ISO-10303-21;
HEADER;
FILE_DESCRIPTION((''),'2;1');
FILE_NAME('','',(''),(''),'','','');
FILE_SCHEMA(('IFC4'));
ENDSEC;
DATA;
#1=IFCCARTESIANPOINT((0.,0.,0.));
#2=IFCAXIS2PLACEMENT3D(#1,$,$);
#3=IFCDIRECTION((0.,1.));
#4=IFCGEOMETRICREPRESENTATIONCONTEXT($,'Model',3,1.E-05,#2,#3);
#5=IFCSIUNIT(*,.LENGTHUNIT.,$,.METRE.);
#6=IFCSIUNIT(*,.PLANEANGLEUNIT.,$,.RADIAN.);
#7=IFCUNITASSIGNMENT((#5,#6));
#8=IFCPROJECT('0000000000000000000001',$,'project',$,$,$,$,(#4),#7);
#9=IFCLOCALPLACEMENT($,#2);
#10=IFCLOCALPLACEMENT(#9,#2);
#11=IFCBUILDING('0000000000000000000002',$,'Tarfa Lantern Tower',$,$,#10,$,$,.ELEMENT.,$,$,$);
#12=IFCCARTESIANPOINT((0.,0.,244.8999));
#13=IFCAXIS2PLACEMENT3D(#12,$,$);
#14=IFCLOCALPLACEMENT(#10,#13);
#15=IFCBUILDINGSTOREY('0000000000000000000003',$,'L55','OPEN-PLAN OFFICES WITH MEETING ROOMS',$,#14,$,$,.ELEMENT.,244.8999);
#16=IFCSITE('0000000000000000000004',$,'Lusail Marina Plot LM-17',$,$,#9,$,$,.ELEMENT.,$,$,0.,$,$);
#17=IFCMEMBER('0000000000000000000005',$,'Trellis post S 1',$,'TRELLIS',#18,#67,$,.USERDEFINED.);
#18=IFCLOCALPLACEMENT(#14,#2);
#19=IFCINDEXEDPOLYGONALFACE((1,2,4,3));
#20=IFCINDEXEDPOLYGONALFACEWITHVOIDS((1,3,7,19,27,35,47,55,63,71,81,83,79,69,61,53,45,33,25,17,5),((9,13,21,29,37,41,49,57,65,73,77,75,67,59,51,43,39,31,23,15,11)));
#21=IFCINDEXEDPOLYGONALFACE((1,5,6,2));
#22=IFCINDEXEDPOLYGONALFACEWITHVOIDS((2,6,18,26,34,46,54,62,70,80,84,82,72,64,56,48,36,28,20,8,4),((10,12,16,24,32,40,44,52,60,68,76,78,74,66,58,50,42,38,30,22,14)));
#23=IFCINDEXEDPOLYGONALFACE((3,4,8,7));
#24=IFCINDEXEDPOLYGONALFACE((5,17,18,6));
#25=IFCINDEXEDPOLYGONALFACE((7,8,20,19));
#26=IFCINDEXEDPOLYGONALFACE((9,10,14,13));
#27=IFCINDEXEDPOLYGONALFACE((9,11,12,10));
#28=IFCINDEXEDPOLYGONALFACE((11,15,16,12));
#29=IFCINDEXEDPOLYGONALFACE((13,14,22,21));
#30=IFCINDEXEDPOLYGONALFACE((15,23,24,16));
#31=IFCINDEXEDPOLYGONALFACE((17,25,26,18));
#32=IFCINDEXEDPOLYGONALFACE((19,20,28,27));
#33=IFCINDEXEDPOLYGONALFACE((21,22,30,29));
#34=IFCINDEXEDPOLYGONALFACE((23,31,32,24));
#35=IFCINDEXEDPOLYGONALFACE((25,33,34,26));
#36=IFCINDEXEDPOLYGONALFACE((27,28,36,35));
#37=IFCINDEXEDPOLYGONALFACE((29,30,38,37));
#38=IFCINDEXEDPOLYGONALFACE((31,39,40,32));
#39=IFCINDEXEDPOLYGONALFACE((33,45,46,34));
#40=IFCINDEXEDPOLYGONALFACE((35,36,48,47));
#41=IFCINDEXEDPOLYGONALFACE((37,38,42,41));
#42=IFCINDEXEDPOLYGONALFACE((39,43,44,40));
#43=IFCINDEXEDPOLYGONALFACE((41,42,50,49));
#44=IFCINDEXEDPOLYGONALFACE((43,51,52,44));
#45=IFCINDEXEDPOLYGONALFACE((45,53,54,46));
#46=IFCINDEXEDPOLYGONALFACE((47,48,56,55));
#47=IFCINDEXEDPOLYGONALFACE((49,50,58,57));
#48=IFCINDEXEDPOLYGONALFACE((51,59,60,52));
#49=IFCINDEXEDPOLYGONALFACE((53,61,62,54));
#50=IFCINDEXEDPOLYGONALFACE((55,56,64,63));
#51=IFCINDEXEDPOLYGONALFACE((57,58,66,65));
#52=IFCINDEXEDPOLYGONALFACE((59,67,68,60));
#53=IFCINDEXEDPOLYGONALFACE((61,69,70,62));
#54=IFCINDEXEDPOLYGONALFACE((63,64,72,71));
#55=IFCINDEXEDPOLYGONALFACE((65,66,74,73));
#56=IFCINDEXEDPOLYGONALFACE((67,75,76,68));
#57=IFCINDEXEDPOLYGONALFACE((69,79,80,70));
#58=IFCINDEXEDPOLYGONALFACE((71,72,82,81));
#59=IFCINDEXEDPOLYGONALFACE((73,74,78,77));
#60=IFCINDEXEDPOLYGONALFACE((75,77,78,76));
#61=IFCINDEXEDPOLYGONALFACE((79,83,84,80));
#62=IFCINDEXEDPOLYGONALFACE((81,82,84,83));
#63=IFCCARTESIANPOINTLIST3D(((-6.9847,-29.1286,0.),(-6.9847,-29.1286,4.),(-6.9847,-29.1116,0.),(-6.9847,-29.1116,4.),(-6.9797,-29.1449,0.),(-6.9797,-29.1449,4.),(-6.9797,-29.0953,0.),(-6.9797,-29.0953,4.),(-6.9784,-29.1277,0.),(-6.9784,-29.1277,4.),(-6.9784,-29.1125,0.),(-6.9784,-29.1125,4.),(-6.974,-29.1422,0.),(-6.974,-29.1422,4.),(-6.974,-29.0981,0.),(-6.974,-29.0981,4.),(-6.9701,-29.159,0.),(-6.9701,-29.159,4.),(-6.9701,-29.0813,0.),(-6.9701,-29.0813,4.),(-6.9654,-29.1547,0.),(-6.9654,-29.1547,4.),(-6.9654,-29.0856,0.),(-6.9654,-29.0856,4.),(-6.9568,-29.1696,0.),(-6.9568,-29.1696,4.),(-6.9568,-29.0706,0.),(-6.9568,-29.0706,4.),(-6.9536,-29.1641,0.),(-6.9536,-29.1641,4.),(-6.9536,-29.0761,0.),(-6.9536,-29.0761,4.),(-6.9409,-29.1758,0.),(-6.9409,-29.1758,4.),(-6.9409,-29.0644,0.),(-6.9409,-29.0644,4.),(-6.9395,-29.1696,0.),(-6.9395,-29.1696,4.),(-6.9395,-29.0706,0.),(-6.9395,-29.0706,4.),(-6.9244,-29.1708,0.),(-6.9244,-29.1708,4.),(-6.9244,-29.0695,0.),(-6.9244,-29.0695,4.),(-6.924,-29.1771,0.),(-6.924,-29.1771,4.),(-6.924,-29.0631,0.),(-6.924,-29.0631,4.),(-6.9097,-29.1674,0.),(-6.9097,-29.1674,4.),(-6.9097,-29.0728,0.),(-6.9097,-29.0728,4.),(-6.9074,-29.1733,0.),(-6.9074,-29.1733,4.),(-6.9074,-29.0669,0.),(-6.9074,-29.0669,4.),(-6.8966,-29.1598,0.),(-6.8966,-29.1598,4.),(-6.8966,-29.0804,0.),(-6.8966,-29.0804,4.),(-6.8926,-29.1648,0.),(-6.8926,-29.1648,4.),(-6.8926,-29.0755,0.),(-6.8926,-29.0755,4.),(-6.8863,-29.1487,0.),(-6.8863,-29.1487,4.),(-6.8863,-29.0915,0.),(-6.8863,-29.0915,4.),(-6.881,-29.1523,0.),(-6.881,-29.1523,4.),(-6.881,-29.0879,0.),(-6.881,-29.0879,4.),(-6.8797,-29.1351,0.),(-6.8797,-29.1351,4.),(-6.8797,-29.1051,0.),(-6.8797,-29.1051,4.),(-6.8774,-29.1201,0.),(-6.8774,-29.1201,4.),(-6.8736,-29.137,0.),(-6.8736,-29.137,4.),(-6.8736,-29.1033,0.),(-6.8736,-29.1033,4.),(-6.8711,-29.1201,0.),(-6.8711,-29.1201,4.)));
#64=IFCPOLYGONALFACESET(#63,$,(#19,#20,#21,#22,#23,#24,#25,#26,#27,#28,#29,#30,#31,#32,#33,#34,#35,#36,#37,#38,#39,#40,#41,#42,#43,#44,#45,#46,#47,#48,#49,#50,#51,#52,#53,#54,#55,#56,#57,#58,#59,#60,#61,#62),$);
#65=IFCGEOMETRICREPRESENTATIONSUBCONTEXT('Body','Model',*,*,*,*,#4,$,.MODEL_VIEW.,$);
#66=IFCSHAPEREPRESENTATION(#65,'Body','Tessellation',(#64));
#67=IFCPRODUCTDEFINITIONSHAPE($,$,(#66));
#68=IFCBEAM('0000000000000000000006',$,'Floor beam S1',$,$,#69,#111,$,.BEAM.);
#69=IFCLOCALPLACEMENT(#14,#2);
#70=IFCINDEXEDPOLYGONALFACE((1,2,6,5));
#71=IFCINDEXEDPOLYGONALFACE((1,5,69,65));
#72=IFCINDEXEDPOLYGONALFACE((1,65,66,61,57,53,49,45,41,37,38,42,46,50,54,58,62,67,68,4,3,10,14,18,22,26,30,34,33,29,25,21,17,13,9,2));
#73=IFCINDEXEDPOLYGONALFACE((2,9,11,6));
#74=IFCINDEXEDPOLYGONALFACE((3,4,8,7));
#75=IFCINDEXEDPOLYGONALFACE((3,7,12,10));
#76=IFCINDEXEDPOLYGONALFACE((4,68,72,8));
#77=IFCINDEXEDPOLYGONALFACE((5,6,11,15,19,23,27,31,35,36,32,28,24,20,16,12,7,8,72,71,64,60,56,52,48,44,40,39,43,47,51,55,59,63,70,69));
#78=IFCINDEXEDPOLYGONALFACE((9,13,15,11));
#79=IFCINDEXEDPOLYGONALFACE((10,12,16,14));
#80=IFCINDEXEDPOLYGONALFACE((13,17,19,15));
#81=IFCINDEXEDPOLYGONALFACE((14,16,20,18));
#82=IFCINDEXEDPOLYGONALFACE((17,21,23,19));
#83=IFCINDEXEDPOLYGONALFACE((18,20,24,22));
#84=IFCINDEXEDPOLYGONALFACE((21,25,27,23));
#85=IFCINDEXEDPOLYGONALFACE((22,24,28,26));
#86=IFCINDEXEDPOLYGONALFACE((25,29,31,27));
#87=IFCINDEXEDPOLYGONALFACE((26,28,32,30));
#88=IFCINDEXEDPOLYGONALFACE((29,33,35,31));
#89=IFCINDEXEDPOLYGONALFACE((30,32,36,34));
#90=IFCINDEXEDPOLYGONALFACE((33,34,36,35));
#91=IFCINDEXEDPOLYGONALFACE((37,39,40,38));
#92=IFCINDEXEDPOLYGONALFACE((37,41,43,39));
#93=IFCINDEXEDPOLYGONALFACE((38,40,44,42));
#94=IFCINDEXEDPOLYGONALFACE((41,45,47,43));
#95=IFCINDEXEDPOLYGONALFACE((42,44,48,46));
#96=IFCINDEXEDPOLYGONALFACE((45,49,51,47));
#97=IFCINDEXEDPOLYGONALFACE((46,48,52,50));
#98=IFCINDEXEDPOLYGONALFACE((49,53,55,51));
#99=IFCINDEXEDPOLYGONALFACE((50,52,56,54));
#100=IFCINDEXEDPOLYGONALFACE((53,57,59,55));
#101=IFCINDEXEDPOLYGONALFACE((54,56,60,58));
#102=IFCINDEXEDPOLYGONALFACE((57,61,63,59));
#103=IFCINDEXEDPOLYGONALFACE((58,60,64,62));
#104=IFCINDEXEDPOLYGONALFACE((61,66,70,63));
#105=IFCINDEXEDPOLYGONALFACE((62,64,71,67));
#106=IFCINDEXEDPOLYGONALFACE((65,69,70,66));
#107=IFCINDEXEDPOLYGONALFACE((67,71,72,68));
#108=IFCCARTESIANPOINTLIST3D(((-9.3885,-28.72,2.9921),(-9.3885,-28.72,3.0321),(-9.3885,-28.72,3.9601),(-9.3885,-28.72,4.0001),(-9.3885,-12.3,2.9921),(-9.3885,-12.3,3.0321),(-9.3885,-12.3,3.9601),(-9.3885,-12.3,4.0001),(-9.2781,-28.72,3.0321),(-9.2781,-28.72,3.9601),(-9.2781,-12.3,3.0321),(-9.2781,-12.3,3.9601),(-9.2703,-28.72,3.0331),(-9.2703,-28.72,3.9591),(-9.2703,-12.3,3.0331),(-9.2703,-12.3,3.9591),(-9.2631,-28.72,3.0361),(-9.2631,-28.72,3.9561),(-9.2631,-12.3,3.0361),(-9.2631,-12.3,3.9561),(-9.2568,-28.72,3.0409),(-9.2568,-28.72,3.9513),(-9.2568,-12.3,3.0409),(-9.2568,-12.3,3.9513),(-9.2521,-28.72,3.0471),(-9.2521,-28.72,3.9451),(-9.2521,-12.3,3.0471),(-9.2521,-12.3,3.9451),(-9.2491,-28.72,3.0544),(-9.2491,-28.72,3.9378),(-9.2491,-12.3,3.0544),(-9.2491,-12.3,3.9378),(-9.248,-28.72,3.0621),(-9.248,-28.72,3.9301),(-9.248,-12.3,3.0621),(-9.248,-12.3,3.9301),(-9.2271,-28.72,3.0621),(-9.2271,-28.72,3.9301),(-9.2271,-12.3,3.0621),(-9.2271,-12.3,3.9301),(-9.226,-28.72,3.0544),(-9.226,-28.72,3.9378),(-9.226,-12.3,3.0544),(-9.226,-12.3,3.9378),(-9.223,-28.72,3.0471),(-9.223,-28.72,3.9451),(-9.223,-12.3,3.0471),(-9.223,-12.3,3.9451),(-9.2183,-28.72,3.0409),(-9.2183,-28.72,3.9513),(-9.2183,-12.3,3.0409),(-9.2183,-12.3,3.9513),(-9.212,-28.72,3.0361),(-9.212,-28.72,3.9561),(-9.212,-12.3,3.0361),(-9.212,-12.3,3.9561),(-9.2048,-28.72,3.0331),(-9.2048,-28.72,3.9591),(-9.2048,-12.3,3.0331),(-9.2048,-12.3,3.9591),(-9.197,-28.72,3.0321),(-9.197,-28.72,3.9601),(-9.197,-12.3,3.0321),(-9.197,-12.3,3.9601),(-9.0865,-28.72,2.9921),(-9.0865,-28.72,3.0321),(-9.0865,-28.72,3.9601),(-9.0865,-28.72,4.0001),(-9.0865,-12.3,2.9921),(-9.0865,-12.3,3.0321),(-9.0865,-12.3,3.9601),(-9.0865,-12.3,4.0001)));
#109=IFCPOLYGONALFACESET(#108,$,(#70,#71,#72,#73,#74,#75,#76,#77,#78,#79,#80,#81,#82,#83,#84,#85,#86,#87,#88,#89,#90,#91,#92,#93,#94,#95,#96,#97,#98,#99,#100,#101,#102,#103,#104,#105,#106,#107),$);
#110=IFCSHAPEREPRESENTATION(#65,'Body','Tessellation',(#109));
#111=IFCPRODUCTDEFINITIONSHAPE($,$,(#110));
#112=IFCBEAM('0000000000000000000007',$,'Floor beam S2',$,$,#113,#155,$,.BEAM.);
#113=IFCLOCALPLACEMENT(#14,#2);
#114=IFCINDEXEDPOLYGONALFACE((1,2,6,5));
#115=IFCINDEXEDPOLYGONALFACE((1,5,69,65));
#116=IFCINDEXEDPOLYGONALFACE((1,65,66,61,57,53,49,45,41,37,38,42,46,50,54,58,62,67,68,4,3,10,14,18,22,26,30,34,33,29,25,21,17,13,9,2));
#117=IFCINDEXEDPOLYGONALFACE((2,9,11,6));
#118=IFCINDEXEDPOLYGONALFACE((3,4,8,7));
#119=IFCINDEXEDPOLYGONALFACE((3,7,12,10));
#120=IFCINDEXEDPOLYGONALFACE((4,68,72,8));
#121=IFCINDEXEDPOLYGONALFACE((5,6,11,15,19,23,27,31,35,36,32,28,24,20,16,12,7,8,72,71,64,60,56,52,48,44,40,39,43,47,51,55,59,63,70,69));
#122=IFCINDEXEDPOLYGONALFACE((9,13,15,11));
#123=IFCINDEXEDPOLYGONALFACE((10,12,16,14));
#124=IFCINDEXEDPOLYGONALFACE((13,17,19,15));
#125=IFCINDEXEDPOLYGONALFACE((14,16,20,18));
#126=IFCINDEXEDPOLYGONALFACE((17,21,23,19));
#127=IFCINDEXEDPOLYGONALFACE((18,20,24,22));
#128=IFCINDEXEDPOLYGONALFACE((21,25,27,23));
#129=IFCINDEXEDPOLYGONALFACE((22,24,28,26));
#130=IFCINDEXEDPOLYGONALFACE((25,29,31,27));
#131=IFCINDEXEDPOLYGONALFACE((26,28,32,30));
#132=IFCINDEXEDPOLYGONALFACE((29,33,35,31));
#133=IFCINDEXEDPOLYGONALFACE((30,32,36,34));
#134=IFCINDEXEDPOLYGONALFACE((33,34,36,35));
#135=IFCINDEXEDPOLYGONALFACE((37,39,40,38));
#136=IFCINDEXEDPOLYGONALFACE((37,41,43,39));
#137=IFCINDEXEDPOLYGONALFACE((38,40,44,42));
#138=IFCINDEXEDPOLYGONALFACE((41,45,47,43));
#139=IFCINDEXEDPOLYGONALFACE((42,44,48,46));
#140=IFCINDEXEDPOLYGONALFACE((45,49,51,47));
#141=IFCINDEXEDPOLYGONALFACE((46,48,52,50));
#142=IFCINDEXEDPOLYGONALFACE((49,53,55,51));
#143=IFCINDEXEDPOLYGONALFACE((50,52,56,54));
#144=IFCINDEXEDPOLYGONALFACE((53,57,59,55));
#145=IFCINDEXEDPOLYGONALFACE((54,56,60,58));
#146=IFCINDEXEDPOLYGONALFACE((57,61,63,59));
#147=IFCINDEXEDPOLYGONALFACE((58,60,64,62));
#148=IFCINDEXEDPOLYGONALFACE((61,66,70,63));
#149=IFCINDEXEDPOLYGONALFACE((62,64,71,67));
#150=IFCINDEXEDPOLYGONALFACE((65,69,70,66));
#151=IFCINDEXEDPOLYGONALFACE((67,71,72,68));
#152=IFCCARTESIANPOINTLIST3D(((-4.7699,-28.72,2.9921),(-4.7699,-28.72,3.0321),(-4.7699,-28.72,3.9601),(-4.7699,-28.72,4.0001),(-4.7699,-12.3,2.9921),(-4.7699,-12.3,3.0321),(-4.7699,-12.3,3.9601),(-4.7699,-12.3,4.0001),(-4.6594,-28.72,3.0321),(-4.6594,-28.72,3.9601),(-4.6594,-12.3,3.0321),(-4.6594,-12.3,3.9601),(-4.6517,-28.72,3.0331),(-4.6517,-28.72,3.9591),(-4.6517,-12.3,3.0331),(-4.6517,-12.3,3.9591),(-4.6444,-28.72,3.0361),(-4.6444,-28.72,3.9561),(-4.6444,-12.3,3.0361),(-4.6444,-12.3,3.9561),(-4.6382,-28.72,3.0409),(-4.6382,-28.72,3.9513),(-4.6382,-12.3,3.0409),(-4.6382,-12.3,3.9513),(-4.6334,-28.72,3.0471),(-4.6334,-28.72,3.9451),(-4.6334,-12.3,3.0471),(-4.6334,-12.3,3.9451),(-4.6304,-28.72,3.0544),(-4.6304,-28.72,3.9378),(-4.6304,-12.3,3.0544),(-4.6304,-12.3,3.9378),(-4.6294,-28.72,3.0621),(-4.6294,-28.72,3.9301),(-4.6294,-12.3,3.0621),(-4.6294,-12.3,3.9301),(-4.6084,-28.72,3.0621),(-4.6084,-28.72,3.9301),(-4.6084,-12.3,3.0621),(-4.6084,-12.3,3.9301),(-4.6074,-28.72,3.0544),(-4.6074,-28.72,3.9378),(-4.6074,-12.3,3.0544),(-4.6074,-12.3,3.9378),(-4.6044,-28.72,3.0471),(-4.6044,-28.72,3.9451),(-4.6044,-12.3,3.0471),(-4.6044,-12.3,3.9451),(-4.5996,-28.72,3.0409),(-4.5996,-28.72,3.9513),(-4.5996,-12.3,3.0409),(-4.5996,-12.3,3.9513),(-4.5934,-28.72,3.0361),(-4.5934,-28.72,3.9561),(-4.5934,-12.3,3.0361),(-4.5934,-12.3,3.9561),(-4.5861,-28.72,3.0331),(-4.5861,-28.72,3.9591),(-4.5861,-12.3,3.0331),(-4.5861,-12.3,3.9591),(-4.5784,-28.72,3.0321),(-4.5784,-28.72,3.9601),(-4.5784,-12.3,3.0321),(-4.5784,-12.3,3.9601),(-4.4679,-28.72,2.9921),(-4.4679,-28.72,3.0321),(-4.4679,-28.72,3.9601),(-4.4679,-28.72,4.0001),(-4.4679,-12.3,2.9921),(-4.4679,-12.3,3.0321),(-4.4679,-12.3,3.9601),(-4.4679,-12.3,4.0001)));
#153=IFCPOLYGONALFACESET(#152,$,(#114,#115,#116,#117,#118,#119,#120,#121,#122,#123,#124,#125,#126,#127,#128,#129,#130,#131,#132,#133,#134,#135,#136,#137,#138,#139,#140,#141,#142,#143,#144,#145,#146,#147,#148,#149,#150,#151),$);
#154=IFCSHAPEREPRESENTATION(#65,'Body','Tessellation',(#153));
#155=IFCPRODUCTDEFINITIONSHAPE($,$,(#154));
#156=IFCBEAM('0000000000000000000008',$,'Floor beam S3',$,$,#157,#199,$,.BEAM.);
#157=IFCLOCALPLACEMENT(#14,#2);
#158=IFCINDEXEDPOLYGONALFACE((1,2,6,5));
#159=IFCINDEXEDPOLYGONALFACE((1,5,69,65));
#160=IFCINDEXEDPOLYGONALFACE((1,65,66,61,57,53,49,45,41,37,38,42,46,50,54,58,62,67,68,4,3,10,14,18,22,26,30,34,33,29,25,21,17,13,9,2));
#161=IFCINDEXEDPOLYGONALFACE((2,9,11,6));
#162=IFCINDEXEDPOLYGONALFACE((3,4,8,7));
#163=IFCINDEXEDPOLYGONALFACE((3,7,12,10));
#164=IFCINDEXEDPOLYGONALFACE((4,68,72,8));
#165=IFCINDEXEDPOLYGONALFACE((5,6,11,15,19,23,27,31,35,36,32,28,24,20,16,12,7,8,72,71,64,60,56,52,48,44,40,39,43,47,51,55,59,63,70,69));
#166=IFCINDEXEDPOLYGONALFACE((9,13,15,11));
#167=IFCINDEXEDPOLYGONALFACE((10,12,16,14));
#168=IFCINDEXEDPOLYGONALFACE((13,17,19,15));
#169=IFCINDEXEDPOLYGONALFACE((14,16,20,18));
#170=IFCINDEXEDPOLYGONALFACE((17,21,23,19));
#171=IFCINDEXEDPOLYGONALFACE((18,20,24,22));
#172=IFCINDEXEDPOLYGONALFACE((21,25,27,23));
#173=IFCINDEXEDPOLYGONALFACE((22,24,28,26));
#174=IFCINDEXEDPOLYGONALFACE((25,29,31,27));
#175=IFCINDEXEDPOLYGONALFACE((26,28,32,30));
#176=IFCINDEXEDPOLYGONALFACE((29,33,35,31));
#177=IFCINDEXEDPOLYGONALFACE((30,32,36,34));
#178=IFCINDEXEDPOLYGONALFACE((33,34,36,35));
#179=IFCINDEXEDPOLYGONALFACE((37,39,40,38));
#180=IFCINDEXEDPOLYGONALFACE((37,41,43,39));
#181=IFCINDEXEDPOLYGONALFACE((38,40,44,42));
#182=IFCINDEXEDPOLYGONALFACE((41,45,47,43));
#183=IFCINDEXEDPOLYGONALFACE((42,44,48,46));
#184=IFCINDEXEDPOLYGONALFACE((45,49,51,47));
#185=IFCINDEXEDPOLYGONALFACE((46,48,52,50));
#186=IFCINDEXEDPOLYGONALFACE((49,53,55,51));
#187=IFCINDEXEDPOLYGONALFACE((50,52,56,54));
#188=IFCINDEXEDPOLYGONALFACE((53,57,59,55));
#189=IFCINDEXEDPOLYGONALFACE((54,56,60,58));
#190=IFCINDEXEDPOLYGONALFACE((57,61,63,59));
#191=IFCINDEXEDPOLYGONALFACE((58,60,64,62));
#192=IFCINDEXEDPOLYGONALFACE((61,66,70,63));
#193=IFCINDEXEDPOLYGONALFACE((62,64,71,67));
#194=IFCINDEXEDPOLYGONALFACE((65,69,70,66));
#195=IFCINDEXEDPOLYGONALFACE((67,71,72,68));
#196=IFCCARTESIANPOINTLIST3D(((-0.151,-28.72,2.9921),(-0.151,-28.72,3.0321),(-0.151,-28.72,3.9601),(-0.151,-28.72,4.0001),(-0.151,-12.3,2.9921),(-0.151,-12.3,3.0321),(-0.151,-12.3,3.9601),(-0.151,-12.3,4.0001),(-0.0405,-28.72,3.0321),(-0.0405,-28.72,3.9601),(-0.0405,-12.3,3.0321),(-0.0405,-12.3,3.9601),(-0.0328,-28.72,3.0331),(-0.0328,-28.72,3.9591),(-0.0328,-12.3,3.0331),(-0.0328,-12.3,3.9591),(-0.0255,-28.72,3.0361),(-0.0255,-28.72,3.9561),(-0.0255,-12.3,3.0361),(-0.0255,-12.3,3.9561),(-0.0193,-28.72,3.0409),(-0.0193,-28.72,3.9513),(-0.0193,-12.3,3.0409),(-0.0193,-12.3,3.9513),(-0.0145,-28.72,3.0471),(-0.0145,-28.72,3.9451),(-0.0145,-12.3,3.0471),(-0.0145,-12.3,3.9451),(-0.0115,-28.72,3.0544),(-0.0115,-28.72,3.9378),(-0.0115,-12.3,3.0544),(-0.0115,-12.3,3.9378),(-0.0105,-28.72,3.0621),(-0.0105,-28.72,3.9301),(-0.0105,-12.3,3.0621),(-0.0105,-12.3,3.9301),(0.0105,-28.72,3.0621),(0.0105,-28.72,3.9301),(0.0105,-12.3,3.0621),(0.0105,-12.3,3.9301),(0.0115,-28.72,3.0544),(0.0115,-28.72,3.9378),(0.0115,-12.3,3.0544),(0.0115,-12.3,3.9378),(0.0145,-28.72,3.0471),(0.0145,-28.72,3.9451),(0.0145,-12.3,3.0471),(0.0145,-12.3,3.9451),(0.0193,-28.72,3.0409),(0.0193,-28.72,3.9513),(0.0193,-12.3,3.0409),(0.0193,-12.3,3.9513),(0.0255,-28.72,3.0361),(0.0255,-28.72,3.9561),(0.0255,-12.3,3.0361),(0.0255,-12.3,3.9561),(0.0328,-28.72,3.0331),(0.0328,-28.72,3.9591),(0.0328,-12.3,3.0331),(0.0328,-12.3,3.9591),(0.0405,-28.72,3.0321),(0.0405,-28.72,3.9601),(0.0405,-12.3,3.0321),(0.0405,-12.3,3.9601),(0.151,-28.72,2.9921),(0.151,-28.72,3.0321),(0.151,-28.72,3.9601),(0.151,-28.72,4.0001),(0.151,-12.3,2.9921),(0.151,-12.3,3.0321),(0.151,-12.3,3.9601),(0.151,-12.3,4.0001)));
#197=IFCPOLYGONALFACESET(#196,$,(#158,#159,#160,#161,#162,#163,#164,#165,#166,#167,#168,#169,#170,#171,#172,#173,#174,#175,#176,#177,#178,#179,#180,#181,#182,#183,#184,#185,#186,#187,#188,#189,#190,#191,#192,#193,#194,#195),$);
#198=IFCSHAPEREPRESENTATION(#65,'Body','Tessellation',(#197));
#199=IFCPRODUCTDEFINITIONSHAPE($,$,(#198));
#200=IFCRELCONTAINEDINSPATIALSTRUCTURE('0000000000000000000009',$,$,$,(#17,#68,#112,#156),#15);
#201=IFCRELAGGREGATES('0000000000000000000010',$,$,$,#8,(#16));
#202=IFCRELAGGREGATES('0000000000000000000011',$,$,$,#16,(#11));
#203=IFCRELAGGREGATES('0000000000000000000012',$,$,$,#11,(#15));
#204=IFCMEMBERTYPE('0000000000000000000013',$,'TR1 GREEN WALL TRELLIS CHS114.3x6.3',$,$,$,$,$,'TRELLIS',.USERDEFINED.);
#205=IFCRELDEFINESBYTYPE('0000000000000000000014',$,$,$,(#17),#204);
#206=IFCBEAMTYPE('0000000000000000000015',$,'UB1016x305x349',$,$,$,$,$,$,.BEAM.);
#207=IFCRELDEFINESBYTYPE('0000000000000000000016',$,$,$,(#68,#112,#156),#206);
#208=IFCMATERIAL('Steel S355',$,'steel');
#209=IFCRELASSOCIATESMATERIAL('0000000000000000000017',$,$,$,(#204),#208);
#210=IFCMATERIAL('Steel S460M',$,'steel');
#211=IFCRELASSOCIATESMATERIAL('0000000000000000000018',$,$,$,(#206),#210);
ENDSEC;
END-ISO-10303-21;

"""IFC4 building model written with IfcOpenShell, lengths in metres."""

from ifc_helpers import new_model, si_unit, direction, frame, origin, origin_2d, place, context, subcontext, project, spatial, hollow_circle, i_section, extrude, material, material_profile, profile_set, type_object, element, save


model = new_model("IFC4")

# Units and contexts
model_context = context("Model", 3, precision=1e-05, world=origin(), true_north=direction((0.0, 1.0)))
body_context = subcontext(model_context, "Body", "Model", "MODEL_VIEW")
ifc_project = project(units=[si_unit("LENGTHUNIT", "METRE"), si_unit("PLANEANGLEUNIT", "RADIAN")], contexts=[model_context])

# Site, building, storey
site_placement = place(None, origin())
site = spatial("IfcSite", under=ifc_project, at=site_placement, Name="Lusail Marina Plot LM-17", CompositionType="ELEMENT", RefElevation=0.0)
building_placement = place(site_placement, origin())
building = spatial("IfcBuilding", under=site, at=building_placement, Name="Tarfa Lantern Tower", CompositionType="ELEMENT")
storey_placement = place(building_placement, frame((0.0, 0.0, 244.8999)))
storey = spatial("IfcBuildingStorey", under=building, at=storey_placement, Name="L55", Description="OPEN-PLAN OFFICES WITH MEETING ROOMS", CompositionType="ELEMENT", Elevation=244.8999)

# Member
ifc_material_1 = material(Name="Steel S355", Category="steel")
ifc_material_profile_1 = material_profile(ifc_material_1, hollow_circle(Radius=0.0571, WallThickness=0.0063, at=origin_2d()), Name="CHS114.3x6.3")
ifc_profile_set_1 = profile_set([ifc_material_profile_1], Name="Steel S355")
member_type_1 = type_object("IfcMemberType", Name="TR1 GREEN WALL TRELLIS CHS114.3x6.3", ElementType="TRELLIS", PredefinedType="USERDEFINED", material=ifc_profile_set_1)
member_1_placement = place(storey_placement, frame((-6.9282, -29.1201, 0.0), z_axis=(0.0, 0.0, 1.0), x_axis=(1.0, 0.0, 0.0)))
element("IfcMember", 1, at=member_1_placement, inside=storey, type_object=member_type_1, Name="Trellis post S 1", ObjectType="TRELLIS", PredefinedType="USERDEFINED", context=body_context, shape_type="SweptSolid", body=[
    extrude(hollow_circle(Radius=0.0571, WallThickness=0.0063, at=origin_2d()), origin(), (0.0, 0.0, 1.0), 4.0),
])

# Beams
ifc_material_2 = material(Name="Steel S460M", Category="steel")
ifc_material_profile_2 = material_profile(ifc_material_2, i_section(OverallWidth=0.302, OverallDepth=1.0081, WebThickness=0.021, FlangeThickness=0.04, FilletRadius=0.03, at=origin_2d()), Name="UB1016x305x349")
ifc_profile_set_2 = profile_set([ifc_material_profile_2], Name="Steel S460M")
beam_type_1 = type_object("IfcBeamType", Name="UB1016x305x349", PredefinedType="BEAM", material=ifc_profile_set_2)
for number, where, z_axis, x_axis, name in (
    (2, (-9.2375, -28.72, 3.4961), (0.0, 1.0, 0.0), (-1.0, 0.0, 0.0), "Floor beam S1"),
    (3, (-4.6189, -28.72, 3.4961), (0.0, 1.0, 0.0), (-1.0, 0.0, 0.0), "Floor beam S2"),
    (4, (0.0, -28.72, 3.4961), (0.0, 1.0, 0.0), (-1.0, 0.0, 0.0), "Floor beam S3"),
):
    element("IfcBeam", number, at=place(storey_placement, frame(where, z_axis=z_axis, x_axis=x_axis)), inside=storey, type_object=beam_type_1, Name=name, PredefinedType="BEAM", context=body_context, shape_type="SweptSolid", body=[
        extrude(i_section(OverallWidth=0.302, OverallDepth=1.0081, WebThickness=0.021, FlangeThickness=0.04, FilletRadius=0.03, at=origin_2d()), origin(), (0.0, 0.0, 1.0), 16.4199),
    ])

save(model, "model.ifc")
